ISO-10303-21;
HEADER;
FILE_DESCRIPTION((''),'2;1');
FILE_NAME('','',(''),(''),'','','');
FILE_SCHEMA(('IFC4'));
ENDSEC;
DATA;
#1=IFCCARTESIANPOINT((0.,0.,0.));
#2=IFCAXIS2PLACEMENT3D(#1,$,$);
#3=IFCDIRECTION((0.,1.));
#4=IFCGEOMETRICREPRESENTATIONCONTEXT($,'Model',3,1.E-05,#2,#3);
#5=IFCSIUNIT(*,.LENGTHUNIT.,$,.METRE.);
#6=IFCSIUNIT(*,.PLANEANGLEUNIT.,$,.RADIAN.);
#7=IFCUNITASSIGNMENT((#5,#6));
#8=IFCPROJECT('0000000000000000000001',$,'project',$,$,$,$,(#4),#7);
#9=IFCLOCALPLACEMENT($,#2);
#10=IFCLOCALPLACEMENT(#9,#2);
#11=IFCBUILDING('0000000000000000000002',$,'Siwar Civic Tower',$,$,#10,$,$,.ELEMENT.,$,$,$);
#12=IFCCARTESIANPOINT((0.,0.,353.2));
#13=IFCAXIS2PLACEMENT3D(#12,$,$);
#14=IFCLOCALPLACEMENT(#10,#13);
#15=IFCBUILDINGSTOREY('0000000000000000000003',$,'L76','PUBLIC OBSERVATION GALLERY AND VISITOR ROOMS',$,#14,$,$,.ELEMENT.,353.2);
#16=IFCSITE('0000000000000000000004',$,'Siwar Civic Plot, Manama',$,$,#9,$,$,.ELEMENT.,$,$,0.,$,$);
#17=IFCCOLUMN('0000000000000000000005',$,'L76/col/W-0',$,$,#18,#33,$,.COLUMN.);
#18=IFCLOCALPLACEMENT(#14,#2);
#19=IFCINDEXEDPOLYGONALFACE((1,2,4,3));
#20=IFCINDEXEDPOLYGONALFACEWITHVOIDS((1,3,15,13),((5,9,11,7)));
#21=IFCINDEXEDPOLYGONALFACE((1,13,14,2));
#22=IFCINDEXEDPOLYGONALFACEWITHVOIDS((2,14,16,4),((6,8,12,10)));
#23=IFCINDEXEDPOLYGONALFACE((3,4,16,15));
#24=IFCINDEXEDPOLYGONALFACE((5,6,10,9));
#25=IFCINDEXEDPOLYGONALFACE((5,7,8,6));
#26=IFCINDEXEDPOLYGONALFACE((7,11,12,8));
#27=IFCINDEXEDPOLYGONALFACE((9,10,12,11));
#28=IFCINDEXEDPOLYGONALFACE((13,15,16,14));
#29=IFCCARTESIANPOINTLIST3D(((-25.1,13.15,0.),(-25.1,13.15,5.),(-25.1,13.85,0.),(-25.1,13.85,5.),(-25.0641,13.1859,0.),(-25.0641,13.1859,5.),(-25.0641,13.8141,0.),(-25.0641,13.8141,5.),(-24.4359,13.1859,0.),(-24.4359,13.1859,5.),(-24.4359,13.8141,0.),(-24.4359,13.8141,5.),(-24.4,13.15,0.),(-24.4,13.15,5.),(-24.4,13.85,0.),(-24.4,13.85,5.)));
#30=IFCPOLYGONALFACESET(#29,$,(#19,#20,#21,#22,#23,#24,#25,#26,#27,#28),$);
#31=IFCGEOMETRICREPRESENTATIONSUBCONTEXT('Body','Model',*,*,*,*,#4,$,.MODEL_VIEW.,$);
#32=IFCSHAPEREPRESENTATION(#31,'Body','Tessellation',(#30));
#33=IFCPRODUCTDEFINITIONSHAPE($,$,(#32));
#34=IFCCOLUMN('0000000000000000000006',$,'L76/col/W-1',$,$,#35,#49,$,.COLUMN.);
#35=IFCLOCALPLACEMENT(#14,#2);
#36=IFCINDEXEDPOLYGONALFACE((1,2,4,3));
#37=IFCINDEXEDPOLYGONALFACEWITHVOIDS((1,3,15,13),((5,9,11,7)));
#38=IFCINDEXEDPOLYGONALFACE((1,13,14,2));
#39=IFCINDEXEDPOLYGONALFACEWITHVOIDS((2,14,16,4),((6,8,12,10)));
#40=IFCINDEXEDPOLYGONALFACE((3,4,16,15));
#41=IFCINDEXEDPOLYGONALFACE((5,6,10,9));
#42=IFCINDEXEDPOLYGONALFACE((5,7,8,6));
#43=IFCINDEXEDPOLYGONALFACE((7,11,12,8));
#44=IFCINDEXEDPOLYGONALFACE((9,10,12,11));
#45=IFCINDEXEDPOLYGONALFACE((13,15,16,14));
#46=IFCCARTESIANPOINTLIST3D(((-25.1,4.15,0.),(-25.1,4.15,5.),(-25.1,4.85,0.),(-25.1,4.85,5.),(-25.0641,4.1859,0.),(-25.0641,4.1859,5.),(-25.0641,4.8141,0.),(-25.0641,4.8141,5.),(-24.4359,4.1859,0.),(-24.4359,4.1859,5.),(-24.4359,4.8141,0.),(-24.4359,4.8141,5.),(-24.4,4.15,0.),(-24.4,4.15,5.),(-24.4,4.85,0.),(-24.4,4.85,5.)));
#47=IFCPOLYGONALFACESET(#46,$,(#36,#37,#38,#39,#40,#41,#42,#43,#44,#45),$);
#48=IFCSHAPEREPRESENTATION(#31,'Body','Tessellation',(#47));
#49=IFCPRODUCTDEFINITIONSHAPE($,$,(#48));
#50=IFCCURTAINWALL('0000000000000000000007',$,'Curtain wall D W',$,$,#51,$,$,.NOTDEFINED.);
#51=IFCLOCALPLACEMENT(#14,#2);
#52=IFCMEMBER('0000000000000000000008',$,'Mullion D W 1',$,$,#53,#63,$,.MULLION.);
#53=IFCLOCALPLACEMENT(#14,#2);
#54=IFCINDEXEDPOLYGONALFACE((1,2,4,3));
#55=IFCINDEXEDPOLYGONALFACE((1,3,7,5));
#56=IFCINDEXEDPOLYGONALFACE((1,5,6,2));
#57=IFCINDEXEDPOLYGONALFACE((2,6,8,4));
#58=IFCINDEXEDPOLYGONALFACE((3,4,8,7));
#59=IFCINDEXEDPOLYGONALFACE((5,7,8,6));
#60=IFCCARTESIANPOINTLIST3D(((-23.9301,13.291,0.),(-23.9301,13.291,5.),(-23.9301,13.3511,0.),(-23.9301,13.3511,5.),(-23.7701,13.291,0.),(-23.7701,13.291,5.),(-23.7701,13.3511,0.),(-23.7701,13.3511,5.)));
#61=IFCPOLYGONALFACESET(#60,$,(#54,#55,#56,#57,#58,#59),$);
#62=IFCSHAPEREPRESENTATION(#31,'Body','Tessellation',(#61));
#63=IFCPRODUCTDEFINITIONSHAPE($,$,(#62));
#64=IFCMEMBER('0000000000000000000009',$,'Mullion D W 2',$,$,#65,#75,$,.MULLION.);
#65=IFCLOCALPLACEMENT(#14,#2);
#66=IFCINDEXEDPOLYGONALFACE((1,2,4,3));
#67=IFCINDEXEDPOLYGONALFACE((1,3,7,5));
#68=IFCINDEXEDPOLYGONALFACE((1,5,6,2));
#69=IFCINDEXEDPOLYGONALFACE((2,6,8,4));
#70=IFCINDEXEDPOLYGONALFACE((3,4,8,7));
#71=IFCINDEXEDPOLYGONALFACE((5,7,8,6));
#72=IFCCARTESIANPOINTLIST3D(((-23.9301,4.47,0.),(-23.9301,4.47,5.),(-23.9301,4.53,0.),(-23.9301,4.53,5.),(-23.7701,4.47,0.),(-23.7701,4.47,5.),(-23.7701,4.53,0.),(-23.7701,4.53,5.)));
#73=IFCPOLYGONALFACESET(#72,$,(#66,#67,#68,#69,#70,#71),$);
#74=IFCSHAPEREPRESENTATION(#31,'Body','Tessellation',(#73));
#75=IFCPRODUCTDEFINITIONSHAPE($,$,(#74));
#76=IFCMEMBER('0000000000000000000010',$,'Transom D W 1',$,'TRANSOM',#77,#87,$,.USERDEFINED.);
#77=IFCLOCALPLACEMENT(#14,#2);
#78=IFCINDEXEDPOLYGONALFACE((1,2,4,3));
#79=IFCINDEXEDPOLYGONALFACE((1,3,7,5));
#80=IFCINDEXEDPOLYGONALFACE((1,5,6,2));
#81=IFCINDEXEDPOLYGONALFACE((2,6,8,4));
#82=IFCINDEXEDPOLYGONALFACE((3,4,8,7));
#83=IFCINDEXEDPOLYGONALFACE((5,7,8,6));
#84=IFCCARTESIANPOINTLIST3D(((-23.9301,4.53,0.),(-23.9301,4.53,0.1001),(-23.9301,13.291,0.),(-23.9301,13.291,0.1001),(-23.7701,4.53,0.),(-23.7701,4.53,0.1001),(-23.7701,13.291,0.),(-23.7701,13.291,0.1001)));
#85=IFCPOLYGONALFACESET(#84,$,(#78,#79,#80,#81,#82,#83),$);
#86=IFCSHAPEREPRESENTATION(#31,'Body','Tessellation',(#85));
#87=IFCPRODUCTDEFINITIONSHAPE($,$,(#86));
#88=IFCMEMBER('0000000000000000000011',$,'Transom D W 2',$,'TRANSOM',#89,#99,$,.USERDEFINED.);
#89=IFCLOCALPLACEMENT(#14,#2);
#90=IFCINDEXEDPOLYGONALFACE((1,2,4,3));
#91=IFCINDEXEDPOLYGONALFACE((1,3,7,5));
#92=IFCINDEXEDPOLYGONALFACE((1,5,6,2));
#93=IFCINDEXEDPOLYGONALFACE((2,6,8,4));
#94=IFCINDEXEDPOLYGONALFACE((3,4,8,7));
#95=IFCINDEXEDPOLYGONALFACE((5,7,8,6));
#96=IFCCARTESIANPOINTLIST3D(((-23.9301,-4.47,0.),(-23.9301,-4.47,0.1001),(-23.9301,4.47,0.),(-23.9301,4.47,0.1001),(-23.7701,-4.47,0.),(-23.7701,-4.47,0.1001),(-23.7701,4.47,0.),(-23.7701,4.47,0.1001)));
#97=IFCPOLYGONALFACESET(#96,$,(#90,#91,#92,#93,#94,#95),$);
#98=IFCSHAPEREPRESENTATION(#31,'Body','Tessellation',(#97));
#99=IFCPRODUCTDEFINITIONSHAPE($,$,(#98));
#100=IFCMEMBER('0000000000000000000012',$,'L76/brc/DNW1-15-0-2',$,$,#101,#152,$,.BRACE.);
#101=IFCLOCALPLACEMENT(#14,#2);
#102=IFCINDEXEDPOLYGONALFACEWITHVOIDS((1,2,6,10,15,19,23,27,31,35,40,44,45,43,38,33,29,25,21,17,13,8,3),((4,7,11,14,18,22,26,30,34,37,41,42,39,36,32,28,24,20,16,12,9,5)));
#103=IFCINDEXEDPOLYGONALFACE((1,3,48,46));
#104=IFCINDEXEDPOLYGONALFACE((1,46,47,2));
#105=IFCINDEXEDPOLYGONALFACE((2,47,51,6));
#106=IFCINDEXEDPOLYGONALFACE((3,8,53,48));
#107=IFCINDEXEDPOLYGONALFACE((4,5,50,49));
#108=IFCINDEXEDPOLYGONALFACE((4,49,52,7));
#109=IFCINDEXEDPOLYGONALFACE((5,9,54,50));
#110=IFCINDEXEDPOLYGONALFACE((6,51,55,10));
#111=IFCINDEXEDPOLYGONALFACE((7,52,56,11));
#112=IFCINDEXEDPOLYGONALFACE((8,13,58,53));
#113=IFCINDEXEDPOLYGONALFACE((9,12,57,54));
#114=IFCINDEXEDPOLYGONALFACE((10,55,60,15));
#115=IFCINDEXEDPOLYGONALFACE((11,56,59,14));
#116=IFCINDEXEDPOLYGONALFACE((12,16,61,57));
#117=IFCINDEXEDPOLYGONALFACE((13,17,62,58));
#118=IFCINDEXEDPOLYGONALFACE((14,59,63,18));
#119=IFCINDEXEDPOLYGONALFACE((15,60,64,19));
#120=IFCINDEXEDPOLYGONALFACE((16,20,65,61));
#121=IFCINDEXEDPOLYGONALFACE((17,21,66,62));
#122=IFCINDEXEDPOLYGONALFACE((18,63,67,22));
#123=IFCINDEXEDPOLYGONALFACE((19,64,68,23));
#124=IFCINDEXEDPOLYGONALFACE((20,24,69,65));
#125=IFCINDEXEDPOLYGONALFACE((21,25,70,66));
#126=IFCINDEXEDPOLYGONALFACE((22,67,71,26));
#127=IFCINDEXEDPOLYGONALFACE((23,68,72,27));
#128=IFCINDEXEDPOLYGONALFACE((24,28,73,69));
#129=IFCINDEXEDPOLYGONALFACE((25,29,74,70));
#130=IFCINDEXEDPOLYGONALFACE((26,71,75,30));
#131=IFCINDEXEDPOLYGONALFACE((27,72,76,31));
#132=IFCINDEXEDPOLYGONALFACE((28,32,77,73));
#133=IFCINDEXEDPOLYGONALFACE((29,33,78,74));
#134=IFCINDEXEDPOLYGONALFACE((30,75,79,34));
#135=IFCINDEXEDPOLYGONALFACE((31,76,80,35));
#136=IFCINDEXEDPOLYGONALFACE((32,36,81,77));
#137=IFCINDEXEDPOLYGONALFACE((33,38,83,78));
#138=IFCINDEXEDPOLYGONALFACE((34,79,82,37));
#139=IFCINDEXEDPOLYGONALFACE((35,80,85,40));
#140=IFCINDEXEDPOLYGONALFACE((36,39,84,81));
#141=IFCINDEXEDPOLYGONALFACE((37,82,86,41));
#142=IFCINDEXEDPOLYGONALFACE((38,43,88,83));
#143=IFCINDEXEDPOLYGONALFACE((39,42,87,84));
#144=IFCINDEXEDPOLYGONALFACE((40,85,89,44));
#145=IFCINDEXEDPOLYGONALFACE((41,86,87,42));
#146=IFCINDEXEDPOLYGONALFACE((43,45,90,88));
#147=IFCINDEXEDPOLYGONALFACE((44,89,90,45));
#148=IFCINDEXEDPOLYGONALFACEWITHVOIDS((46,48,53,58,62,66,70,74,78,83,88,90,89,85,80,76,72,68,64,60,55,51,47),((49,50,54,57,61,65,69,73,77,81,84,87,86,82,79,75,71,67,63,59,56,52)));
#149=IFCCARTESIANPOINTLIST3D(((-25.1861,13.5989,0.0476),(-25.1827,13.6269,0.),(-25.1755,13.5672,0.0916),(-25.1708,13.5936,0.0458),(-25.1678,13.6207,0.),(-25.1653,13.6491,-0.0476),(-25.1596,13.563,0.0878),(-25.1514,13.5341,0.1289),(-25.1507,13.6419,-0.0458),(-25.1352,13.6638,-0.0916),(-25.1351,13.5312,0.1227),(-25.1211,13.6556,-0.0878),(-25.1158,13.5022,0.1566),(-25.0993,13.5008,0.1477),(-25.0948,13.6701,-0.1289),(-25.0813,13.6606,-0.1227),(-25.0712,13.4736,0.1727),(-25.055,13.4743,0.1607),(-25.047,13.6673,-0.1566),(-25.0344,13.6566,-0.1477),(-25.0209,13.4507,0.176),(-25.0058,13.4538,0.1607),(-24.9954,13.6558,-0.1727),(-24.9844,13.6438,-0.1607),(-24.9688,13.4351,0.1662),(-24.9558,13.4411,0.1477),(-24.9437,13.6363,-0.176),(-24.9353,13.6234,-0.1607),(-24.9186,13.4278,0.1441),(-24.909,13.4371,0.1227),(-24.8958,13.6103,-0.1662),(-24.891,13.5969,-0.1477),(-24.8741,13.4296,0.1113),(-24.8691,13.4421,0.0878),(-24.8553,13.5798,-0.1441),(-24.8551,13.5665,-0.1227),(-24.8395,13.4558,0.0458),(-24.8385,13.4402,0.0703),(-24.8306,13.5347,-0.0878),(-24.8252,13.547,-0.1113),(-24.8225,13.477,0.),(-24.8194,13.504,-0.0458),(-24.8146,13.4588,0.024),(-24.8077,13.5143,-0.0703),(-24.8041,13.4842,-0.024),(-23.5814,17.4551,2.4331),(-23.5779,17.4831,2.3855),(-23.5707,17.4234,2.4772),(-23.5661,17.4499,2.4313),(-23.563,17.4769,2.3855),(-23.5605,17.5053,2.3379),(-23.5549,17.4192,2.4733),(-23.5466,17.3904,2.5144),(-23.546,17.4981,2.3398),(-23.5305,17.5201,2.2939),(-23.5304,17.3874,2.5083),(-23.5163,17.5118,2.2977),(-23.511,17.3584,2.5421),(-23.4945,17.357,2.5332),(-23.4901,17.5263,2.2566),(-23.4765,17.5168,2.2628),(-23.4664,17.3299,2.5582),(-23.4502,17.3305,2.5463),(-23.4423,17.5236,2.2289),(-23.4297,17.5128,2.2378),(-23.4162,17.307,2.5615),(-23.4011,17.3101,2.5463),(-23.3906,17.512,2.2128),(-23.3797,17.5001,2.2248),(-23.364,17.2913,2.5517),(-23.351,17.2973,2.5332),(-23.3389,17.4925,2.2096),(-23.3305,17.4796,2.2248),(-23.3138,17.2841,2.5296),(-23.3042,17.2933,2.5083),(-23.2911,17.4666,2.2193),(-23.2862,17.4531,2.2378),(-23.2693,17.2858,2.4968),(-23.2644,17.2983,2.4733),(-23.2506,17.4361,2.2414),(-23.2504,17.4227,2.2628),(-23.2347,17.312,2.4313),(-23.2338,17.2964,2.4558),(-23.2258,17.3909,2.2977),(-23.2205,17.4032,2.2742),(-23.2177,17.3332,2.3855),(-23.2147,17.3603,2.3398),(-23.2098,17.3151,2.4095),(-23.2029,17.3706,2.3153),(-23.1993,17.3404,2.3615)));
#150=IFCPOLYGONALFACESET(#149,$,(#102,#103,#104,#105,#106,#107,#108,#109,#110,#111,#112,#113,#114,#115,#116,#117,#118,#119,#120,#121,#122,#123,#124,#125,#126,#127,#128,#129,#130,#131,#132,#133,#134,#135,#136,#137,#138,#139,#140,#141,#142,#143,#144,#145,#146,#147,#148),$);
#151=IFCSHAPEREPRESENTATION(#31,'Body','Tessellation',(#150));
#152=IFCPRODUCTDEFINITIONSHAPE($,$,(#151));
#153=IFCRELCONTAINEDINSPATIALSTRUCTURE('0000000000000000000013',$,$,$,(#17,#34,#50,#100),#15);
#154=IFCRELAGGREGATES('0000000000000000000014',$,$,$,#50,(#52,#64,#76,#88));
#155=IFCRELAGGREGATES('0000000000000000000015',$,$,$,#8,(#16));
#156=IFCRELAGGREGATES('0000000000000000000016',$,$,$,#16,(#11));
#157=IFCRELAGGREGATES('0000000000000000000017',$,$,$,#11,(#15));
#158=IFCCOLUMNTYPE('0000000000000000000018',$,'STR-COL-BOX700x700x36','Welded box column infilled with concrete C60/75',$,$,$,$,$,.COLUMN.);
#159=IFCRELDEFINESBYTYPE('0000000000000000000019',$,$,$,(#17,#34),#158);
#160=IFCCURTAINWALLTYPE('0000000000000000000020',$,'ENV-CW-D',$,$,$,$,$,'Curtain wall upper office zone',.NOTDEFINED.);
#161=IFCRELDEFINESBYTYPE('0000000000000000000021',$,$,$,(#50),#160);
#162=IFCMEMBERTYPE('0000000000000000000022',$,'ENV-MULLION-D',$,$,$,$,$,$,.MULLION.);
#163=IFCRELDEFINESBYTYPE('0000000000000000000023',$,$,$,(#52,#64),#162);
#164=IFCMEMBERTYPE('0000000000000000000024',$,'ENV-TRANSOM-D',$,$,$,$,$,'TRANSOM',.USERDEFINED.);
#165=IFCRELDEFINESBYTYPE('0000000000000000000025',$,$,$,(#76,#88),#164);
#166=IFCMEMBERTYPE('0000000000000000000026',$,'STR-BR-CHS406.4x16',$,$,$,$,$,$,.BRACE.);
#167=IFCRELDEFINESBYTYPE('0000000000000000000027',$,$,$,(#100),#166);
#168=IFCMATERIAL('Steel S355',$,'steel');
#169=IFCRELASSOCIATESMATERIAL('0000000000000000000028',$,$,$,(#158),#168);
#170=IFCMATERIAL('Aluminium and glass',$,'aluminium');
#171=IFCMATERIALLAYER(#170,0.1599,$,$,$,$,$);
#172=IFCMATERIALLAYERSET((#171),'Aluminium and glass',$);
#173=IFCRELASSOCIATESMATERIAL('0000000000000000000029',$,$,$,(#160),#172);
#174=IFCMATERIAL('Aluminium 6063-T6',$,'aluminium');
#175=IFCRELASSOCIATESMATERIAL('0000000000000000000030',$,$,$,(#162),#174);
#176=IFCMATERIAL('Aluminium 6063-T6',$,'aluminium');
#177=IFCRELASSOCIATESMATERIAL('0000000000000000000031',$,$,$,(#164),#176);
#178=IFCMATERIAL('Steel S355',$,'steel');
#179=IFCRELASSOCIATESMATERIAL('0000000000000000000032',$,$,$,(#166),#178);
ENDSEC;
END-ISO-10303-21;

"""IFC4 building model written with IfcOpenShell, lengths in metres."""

from ifc_helpers import new_model, si_unit, direction, frame, origin, origin_2d, place, context, subcontext, project, spatial, rectangle, hollow_rectangle, hollow_circle, extrude, material, layer, layer_set, material_profile, profile_set, type_object, element, aggregate, save


model = new_model("IFC4")

# Units and contexts
model_context = context("Model", 3, precision=1e-05, world=origin(), true_north=direction((0.0, 1.0)))
body_context = subcontext(model_context, "Body", "Model", "MODEL_VIEW")
ifc_project = project(units=[si_unit("LENGTHUNIT", "METRE"), si_unit("PLANEANGLEUNIT", "RADIAN")], contexts=[model_context])

# Site, building, storey
site_placement = place(None, origin())
site = spatial("IfcSite", under=ifc_project, at=site_placement, Name="Siwar Civic Plot, Manama", CompositionType="ELEMENT", RefElevation=0.0)
building_placement = place(site_placement, origin())
building = spatial("IfcBuilding", under=site, at=building_placement, Name="Siwar Civic Tower", CompositionType="ELEMENT")
storey_placement = place(building_placement, frame((0.0, 0.0, 353.2)))
storey = spatial("IfcBuildingStorey", under=building, at=storey_placement, Name="L76", Description="PUBLIC OBSERVATION GALLERY AND VISITOR ROOMS", CompositionType="ELEMENT", Elevation=353.2)

# Columns
ifc_material_1 = material(Name="Steel S355", Category="steel")
ifc_material_profile_1 = material_profile(ifc_material_1, hollow_rectangle(XDim=0.7, YDim=0.7, WallThickness=0.0359, at=origin_2d()), Name="BOX700x700x36")
ifc_profile_set_1 = profile_set([ifc_material_profile_1], Name="Steel S355")
column_type = type_object("IfcColumnType", Name="STR-COL-BOX700x700x36", Description="Welded box column infilled with concrete C60/75", PredefinedType="COLUMN", material=ifc_profile_set_1)
for number, where, z_axis, x_axis, name in (
    (1, (-24.75, 13.5, 0.0), (0.0, 0.0, 1.0), (1.0, 0.0, 0.0), "L76/col/W-0"),
    (2, (-24.75, 4.5, 0.0), (0.0, 0.0, 1.0), (1.0, 0.0, 0.0), "L76/col/W-1"),
):
    element("IfcColumn", number, at=place(storey_placement, frame(where, z_axis=z_axis, x_axis=x_axis)), inside=storey, type_object=column_type, Name=name, PredefinedType="COLUMN", context=body_context, shape_type="SweptSolid", body=[
        extrude(hollow_rectangle(XDim=0.7, YDim=0.7, WallThickness=0.0359, at=origin_2d()), origin(), (0.0, 0.0, 1.0), 5.0),
    ])

# Curtain wall, members
ifc_material_2 = material(Name="Aluminium and glass", Category="aluminium")
ifc_layer_1 = layer(ifc_material_2, 0.1599)
ifc_layer_set_1 = layer_set([ifc_layer_1], Name="Aluminium and glass")
curtain_wall_type = type_object("IfcCurtainWallType", Name="ENV-CW-D", ElementType="Curtain wall upper office zone", PredefinedType="NOTDEFINED", material=ifc_layer_set_1)
curtain_wall_placement = place(storey_placement, origin())
curtain_wall = element("IfcCurtainWall", 3, at=curtain_wall_placement, inside=storey, type_object=curtain_wall_type, Name="Curtain wall D W", PredefinedType="NOTDEFINED")
ifc_material_3 = material(Name="Aluminium 6063-T6", Category="aluminium")
ifc_material_profile_2 = material_profile(ifc_material_3, rectangle(XDim=0.1599, YDim=0.0601, at=origin_2d()), Name="AL 160x60")
ifc_profile_set_2 = profile_set([ifc_material_profile_2], Name="Aluminium 6063-T6")
member_type_1 = type_object("IfcMemberType", Name="ENV-MULLION-D", PredefinedType="MULLION", material=ifc_profile_set_2)
member_1_placement = place(storey_placement, frame((-23.8501, 13.321, 0.0), z_axis=(0.0, 0.0, 1.0), x_axis=(1.0, 0.0, 0.0)))
member_1 = element("IfcMember", 4, at=member_1_placement, type_object=member_type_1, Name="Mullion D W 1", PredefinedType="MULLION", context=body_context, shape_type="SweptSolid", body=[
    extrude(rectangle(XDim=0.1599, YDim=0.0601, at=origin_2d()), origin(), (0.0, 0.0, 1.0), 5.0),
])
member_2_placement = place(storey_placement, frame((-23.8501, 4.5, 0.0), z_axis=(0.0, 0.0, 1.0), x_axis=(1.0, 0.0, 0.0)))
member_2 = element("IfcMember", 5, at=member_2_placement, type_object=member_type_1, Name="Mullion D W 2", PredefinedType="MULLION", context=body_context, shape_type="SweptSolid", body=[
    extrude(rectangle(XDim=0.1599, YDim=0.0601, at=origin_2d()), origin(), (0.0, 0.0, 1.0), 5.0),
])
ifc_material_4 = material(Name="Aluminium 6063-T6", Category="aluminium")
ifc_material_profile_3 = material_profile(ifc_material_4, rectangle(XDim=0.1599, YDim=0.1001, at=origin_2d()), Name="AL 160x100")
ifc_profile_set_3 = profile_set([ifc_material_profile_3], Name="Aluminium 6063-T6")
member_type_2 = type_object("IfcMemberType", Name="ENV-TRANSOM-D", ElementType="TRANSOM", PredefinedType="USERDEFINED", material=ifc_profile_set_3)
member_3_placement = place(storey_placement, frame((-23.8501, 13.291, 0.05), z_axis=(0.0, -1.0, 0.0), x_axis=(1.0, 0.0, 0.0)))
member_3 = element("IfcMember", 6, at=member_3_placement, type_object=member_type_2, Name="Transom D W 1", ObjectType="TRANSOM", PredefinedType="USERDEFINED", context=body_context, shape_type="SweptSolid", body=[
    extrude(rectangle(XDim=0.1599, YDim=0.1001, at=origin_2d()), origin(), (0.0, 0.0, 1.0), 8.761),
])
member_4_placement = place(storey_placement, frame((-23.8501, 4.47, 0.05), z_axis=(0.0, -1.0, 0.0), x_axis=(1.0, 0.0, 0.0)))
member_4 = element("IfcMember", 7, at=member_4_placement, type_object=member_type_2, Name="Transom D W 2", ObjectType="TRANSOM", PredefinedType="USERDEFINED", context=body_context, shape_type="SweptSolid", body=[
    extrude(rectangle(XDim=0.1599, YDim=0.1001, at=origin_2d()), origin(), (0.0, 0.0, 1.0), 8.9399),
])

# Member
ifc_material_5 = material(Name="Steel S355", Category="steel")
ifc_material_profile_4 = material_profile(ifc_material_5, hollow_circle(Radius=0.2031, WallThickness=0.0161, at=origin_2d()), Name="CHS406.4x16")
ifc_profile_set_4 = profile_set([ifc_material_profile_4], Name="Steel S355")
member_type_3 = type_object("IfcMemberType", Name="STR-BR-CHS406.4x16", PredefinedType="BRACE", material=ifc_profile_set_4)
member_5_placement = place(storey_placement, frame((-24.9951, 13.5488, 0.0), z_axis=(0.333625, 0.801706, 0.495946), x_axis=(-0.923248, 0.384204, 0.0)))
element("IfcMember", 8, at=member_5_placement, inside=storey, type_object=member_type_3, Name="L76/brc/DNW1-15-0-2", PredefinedType="BRACE", context=body_context, shape_type="SweptSolid", body=[
    extrude(hollow_circle(Radius=0.2031, WallThickness=0.0161, at=origin_2d()), origin(), (0.0, 0.0, 1.0), 4.8101),
])

aggregate(curtain_wall, [member_1, member_2, member_3, member_4])

save(model, "model.ifc")
